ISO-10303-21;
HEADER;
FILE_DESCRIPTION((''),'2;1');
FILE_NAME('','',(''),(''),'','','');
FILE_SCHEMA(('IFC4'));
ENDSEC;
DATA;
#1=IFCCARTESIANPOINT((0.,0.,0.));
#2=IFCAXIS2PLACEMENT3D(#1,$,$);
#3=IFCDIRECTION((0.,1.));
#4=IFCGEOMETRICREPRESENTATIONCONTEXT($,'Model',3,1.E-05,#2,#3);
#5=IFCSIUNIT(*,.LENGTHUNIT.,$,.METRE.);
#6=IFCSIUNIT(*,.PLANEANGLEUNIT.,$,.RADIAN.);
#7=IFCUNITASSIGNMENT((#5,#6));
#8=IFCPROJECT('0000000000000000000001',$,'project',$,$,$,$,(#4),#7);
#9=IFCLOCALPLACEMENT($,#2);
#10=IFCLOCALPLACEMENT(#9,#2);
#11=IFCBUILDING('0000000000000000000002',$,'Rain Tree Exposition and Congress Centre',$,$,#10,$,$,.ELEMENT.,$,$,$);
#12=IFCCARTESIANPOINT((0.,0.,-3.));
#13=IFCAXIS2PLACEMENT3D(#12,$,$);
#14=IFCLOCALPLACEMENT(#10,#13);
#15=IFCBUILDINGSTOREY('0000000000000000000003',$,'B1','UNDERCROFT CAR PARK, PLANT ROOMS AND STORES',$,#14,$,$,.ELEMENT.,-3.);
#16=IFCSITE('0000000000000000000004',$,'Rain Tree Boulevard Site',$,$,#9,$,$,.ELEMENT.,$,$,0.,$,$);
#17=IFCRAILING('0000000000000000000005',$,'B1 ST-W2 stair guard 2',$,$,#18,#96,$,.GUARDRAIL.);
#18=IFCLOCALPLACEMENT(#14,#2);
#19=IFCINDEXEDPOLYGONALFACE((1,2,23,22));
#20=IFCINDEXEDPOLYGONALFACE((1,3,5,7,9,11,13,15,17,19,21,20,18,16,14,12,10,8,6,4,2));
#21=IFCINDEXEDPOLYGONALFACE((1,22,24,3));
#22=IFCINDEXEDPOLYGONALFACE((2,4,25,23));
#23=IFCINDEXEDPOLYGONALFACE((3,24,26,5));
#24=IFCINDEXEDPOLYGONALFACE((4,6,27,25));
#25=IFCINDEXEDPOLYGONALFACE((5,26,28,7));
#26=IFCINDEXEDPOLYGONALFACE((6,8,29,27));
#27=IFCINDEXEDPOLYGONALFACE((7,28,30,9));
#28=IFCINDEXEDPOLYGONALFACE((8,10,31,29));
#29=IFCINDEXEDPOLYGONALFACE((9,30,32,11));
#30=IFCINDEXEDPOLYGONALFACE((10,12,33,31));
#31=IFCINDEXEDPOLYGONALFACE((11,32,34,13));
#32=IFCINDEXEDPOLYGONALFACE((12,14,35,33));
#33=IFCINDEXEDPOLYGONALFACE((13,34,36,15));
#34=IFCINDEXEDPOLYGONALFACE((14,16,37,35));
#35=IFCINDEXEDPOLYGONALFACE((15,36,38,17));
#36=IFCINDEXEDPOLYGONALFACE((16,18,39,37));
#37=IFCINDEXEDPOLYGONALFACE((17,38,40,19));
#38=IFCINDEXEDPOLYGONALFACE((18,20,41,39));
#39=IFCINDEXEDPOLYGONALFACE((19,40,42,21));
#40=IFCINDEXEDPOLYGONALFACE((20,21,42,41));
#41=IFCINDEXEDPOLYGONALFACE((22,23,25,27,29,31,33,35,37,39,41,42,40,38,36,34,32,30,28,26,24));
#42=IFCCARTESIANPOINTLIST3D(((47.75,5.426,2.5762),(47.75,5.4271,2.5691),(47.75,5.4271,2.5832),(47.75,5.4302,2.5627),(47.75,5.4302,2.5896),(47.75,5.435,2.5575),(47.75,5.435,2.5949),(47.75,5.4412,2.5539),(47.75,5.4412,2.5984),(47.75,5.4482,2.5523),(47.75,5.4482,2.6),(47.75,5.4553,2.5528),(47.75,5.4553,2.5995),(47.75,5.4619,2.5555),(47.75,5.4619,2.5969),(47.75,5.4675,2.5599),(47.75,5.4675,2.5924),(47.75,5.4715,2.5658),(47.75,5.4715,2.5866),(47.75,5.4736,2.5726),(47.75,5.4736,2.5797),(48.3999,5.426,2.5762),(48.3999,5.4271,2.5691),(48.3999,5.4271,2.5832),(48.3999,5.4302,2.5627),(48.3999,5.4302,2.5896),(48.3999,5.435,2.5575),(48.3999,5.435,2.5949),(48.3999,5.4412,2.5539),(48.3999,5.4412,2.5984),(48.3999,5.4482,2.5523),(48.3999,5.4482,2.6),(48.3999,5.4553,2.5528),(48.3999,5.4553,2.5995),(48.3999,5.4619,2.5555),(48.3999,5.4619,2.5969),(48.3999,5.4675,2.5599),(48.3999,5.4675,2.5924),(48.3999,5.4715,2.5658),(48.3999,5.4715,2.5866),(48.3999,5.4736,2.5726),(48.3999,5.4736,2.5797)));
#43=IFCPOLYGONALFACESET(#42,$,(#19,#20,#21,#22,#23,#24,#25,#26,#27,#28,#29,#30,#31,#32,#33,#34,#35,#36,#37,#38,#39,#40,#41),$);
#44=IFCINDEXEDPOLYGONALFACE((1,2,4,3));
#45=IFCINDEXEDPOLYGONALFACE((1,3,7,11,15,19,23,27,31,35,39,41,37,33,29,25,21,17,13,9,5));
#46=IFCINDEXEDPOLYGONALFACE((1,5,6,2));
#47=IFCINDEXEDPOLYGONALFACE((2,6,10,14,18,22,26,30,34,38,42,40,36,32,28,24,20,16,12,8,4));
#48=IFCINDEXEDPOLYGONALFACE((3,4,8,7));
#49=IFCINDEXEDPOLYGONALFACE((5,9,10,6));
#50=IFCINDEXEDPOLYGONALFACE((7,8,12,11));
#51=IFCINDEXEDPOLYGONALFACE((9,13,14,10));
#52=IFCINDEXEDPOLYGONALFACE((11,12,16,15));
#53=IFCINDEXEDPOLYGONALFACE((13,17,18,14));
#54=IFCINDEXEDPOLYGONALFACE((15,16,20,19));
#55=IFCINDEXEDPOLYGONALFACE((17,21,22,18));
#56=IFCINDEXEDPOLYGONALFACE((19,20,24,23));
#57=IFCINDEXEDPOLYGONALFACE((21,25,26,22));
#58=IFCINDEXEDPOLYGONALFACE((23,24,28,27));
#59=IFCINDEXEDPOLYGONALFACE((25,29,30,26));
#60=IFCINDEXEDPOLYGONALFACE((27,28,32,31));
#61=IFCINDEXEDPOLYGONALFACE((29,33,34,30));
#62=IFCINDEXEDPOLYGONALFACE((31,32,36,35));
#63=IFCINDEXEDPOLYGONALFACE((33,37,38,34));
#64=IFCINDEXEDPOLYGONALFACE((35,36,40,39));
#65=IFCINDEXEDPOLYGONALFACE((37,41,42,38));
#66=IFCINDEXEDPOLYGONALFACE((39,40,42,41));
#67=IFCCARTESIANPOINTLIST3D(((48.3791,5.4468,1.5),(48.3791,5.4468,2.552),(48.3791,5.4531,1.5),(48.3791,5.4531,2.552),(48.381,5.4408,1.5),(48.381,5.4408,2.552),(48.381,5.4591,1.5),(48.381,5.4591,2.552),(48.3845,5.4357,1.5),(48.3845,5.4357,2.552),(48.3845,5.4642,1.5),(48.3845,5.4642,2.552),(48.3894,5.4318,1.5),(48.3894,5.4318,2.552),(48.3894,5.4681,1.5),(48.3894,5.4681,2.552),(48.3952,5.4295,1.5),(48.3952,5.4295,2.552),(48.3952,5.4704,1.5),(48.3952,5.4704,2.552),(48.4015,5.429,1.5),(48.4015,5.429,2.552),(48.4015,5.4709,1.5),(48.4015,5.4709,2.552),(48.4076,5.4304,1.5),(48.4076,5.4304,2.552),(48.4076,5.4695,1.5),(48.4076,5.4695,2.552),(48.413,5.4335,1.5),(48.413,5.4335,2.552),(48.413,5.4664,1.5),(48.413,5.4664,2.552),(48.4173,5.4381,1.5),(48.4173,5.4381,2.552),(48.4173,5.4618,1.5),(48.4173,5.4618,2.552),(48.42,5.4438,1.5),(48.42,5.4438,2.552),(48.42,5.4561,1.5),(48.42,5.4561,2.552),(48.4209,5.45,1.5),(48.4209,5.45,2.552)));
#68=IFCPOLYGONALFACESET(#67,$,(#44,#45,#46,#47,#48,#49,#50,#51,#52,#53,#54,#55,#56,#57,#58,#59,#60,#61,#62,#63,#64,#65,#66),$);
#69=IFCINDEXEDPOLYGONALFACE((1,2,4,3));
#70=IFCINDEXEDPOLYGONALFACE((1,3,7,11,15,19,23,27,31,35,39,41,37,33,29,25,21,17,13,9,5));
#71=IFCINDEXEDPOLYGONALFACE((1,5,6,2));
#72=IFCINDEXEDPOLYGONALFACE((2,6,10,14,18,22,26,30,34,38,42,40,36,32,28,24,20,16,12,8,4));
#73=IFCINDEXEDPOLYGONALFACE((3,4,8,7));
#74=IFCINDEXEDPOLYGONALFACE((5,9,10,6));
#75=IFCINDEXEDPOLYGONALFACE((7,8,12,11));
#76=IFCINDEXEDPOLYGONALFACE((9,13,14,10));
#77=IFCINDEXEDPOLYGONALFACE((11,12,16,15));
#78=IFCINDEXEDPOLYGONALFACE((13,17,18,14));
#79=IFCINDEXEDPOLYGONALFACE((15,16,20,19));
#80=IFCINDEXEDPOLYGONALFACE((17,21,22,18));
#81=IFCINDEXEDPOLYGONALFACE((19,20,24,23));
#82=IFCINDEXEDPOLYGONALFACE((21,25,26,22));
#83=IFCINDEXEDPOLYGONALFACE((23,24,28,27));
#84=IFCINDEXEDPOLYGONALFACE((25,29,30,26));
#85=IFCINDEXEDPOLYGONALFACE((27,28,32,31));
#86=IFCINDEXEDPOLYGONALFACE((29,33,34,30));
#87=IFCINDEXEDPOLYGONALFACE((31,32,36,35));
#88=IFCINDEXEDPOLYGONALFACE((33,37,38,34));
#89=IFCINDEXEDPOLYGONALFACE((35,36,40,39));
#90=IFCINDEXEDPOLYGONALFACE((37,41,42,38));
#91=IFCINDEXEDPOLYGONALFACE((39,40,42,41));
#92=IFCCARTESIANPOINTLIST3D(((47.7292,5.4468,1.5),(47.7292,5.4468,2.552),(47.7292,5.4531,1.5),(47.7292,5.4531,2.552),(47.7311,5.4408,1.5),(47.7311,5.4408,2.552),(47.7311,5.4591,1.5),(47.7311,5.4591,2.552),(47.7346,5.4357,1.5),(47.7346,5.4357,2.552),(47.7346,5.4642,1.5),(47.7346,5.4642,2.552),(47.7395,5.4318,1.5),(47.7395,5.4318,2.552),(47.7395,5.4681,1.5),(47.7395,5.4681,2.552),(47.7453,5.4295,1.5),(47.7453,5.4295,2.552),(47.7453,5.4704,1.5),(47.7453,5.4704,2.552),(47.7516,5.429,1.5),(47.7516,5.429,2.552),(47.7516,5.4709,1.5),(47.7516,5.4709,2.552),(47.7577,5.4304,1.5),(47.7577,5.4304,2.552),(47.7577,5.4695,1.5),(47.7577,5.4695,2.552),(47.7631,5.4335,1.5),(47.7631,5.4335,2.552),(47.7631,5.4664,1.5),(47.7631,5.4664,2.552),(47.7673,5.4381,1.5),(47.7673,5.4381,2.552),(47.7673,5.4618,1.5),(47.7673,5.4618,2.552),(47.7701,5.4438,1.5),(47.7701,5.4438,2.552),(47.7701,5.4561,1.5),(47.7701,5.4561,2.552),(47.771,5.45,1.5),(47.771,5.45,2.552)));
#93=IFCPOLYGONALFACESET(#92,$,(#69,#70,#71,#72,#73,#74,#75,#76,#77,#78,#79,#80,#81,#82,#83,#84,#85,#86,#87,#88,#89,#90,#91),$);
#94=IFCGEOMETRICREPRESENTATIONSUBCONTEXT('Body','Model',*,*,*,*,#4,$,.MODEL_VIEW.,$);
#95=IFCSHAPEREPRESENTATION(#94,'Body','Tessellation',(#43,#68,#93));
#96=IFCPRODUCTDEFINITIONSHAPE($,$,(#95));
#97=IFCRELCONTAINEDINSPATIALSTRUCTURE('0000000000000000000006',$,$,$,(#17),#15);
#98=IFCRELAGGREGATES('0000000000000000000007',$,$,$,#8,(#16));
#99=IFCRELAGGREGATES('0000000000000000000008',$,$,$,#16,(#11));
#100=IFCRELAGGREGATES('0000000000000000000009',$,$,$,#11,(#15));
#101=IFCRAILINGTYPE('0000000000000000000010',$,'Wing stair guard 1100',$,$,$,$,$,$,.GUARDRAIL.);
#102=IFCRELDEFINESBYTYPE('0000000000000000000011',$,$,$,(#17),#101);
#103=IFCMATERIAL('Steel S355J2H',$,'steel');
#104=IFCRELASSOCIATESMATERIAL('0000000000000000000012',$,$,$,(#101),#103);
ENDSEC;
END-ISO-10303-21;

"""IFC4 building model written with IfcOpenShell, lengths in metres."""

from ifc_helpers import new_model, si_unit, direction, frame, origin, origin_2d, place, context, subcontext, project, spatial, circle, extrude, material, type_object, element, save


model = new_model("IFC4")

# Units and contexts
model_context = context("Model", 3, precision=1e-05, world=origin(), true_north=direction((0.0, 1.0)))
body_context = subcontext(model_context, "Body", "Model", "MODEL_VIEW")
ifc_project = project(units=[si_unit("LENGTHUNIT", "METRE"), si_unit("PLANEANGLEUNIT", "RADIAN")], contexts=[model_context])

# Site, building, storey
site_placement = place(None, origin())
site = spatial("IfcSite", under=ifc_project, at=site_placement, Name="Rain Tree Boulevard Site", CompositionType="ELEMENT", RefElevation=0.0)
building_placement = place(site_placement, origin())
building = spatial("IfcBuilding", under=site, at=building_placement, Name="Rain Tree Exposition and Congress Centre", CompositionType="ELEMENT")
storey_placement = place(building_placement, frame((0.0, 0.0, -3.0)))
storey = spatial("IfcBuildingStorey", under=building, at=storey_placement, Name="B1", Description="UNDERCROFT CAR PARK, PLANT ROOMS AND STORES", CompositionType="ELEMENT", Elevation=-3.0)

# Railing
ifc_material_1 = material(Name="Steel S355J2H", Category="steel")
railing_type_1 = type_object("IfcRailingType", Name="Wing stair guard 1100", PredefinedType="GUARDRAIL", material=ifc_material_1)
railing_1_placement = place(storey_placement, frame((48.3999, 5.45, 1.5)))
element("IfcRailing", 1, at=railing_1_placement, inside=storey, type_object=railing_type_1, Name="B1 ST-W2 stair guard 2", PredefinedType="GUARDRAIL", context=body_context, shape_type="SweptSolid", body=[
    extrude(circle(Radius=0.0239, at=origin_2d()), frame((0.0, 0.0, 1.0762), z_axis=(-1.0, 0.0, 0.0), x_axis=(0.0, -1.0, 0.0)), (0.0, 0.0, 1.0), 0.6499),
    extrude(circle(Radius=0.021, at=origin_2d()), origin(), (0.0, 0.0, 1.0), 1.052),
    extrude(circle(Radius=0.021, at=origin_2d()), frame((-0.6499, 0.0, 0.0)), (0.0, 0.0, 1.0), 1.052),
])

save(model, "model.ifc")
